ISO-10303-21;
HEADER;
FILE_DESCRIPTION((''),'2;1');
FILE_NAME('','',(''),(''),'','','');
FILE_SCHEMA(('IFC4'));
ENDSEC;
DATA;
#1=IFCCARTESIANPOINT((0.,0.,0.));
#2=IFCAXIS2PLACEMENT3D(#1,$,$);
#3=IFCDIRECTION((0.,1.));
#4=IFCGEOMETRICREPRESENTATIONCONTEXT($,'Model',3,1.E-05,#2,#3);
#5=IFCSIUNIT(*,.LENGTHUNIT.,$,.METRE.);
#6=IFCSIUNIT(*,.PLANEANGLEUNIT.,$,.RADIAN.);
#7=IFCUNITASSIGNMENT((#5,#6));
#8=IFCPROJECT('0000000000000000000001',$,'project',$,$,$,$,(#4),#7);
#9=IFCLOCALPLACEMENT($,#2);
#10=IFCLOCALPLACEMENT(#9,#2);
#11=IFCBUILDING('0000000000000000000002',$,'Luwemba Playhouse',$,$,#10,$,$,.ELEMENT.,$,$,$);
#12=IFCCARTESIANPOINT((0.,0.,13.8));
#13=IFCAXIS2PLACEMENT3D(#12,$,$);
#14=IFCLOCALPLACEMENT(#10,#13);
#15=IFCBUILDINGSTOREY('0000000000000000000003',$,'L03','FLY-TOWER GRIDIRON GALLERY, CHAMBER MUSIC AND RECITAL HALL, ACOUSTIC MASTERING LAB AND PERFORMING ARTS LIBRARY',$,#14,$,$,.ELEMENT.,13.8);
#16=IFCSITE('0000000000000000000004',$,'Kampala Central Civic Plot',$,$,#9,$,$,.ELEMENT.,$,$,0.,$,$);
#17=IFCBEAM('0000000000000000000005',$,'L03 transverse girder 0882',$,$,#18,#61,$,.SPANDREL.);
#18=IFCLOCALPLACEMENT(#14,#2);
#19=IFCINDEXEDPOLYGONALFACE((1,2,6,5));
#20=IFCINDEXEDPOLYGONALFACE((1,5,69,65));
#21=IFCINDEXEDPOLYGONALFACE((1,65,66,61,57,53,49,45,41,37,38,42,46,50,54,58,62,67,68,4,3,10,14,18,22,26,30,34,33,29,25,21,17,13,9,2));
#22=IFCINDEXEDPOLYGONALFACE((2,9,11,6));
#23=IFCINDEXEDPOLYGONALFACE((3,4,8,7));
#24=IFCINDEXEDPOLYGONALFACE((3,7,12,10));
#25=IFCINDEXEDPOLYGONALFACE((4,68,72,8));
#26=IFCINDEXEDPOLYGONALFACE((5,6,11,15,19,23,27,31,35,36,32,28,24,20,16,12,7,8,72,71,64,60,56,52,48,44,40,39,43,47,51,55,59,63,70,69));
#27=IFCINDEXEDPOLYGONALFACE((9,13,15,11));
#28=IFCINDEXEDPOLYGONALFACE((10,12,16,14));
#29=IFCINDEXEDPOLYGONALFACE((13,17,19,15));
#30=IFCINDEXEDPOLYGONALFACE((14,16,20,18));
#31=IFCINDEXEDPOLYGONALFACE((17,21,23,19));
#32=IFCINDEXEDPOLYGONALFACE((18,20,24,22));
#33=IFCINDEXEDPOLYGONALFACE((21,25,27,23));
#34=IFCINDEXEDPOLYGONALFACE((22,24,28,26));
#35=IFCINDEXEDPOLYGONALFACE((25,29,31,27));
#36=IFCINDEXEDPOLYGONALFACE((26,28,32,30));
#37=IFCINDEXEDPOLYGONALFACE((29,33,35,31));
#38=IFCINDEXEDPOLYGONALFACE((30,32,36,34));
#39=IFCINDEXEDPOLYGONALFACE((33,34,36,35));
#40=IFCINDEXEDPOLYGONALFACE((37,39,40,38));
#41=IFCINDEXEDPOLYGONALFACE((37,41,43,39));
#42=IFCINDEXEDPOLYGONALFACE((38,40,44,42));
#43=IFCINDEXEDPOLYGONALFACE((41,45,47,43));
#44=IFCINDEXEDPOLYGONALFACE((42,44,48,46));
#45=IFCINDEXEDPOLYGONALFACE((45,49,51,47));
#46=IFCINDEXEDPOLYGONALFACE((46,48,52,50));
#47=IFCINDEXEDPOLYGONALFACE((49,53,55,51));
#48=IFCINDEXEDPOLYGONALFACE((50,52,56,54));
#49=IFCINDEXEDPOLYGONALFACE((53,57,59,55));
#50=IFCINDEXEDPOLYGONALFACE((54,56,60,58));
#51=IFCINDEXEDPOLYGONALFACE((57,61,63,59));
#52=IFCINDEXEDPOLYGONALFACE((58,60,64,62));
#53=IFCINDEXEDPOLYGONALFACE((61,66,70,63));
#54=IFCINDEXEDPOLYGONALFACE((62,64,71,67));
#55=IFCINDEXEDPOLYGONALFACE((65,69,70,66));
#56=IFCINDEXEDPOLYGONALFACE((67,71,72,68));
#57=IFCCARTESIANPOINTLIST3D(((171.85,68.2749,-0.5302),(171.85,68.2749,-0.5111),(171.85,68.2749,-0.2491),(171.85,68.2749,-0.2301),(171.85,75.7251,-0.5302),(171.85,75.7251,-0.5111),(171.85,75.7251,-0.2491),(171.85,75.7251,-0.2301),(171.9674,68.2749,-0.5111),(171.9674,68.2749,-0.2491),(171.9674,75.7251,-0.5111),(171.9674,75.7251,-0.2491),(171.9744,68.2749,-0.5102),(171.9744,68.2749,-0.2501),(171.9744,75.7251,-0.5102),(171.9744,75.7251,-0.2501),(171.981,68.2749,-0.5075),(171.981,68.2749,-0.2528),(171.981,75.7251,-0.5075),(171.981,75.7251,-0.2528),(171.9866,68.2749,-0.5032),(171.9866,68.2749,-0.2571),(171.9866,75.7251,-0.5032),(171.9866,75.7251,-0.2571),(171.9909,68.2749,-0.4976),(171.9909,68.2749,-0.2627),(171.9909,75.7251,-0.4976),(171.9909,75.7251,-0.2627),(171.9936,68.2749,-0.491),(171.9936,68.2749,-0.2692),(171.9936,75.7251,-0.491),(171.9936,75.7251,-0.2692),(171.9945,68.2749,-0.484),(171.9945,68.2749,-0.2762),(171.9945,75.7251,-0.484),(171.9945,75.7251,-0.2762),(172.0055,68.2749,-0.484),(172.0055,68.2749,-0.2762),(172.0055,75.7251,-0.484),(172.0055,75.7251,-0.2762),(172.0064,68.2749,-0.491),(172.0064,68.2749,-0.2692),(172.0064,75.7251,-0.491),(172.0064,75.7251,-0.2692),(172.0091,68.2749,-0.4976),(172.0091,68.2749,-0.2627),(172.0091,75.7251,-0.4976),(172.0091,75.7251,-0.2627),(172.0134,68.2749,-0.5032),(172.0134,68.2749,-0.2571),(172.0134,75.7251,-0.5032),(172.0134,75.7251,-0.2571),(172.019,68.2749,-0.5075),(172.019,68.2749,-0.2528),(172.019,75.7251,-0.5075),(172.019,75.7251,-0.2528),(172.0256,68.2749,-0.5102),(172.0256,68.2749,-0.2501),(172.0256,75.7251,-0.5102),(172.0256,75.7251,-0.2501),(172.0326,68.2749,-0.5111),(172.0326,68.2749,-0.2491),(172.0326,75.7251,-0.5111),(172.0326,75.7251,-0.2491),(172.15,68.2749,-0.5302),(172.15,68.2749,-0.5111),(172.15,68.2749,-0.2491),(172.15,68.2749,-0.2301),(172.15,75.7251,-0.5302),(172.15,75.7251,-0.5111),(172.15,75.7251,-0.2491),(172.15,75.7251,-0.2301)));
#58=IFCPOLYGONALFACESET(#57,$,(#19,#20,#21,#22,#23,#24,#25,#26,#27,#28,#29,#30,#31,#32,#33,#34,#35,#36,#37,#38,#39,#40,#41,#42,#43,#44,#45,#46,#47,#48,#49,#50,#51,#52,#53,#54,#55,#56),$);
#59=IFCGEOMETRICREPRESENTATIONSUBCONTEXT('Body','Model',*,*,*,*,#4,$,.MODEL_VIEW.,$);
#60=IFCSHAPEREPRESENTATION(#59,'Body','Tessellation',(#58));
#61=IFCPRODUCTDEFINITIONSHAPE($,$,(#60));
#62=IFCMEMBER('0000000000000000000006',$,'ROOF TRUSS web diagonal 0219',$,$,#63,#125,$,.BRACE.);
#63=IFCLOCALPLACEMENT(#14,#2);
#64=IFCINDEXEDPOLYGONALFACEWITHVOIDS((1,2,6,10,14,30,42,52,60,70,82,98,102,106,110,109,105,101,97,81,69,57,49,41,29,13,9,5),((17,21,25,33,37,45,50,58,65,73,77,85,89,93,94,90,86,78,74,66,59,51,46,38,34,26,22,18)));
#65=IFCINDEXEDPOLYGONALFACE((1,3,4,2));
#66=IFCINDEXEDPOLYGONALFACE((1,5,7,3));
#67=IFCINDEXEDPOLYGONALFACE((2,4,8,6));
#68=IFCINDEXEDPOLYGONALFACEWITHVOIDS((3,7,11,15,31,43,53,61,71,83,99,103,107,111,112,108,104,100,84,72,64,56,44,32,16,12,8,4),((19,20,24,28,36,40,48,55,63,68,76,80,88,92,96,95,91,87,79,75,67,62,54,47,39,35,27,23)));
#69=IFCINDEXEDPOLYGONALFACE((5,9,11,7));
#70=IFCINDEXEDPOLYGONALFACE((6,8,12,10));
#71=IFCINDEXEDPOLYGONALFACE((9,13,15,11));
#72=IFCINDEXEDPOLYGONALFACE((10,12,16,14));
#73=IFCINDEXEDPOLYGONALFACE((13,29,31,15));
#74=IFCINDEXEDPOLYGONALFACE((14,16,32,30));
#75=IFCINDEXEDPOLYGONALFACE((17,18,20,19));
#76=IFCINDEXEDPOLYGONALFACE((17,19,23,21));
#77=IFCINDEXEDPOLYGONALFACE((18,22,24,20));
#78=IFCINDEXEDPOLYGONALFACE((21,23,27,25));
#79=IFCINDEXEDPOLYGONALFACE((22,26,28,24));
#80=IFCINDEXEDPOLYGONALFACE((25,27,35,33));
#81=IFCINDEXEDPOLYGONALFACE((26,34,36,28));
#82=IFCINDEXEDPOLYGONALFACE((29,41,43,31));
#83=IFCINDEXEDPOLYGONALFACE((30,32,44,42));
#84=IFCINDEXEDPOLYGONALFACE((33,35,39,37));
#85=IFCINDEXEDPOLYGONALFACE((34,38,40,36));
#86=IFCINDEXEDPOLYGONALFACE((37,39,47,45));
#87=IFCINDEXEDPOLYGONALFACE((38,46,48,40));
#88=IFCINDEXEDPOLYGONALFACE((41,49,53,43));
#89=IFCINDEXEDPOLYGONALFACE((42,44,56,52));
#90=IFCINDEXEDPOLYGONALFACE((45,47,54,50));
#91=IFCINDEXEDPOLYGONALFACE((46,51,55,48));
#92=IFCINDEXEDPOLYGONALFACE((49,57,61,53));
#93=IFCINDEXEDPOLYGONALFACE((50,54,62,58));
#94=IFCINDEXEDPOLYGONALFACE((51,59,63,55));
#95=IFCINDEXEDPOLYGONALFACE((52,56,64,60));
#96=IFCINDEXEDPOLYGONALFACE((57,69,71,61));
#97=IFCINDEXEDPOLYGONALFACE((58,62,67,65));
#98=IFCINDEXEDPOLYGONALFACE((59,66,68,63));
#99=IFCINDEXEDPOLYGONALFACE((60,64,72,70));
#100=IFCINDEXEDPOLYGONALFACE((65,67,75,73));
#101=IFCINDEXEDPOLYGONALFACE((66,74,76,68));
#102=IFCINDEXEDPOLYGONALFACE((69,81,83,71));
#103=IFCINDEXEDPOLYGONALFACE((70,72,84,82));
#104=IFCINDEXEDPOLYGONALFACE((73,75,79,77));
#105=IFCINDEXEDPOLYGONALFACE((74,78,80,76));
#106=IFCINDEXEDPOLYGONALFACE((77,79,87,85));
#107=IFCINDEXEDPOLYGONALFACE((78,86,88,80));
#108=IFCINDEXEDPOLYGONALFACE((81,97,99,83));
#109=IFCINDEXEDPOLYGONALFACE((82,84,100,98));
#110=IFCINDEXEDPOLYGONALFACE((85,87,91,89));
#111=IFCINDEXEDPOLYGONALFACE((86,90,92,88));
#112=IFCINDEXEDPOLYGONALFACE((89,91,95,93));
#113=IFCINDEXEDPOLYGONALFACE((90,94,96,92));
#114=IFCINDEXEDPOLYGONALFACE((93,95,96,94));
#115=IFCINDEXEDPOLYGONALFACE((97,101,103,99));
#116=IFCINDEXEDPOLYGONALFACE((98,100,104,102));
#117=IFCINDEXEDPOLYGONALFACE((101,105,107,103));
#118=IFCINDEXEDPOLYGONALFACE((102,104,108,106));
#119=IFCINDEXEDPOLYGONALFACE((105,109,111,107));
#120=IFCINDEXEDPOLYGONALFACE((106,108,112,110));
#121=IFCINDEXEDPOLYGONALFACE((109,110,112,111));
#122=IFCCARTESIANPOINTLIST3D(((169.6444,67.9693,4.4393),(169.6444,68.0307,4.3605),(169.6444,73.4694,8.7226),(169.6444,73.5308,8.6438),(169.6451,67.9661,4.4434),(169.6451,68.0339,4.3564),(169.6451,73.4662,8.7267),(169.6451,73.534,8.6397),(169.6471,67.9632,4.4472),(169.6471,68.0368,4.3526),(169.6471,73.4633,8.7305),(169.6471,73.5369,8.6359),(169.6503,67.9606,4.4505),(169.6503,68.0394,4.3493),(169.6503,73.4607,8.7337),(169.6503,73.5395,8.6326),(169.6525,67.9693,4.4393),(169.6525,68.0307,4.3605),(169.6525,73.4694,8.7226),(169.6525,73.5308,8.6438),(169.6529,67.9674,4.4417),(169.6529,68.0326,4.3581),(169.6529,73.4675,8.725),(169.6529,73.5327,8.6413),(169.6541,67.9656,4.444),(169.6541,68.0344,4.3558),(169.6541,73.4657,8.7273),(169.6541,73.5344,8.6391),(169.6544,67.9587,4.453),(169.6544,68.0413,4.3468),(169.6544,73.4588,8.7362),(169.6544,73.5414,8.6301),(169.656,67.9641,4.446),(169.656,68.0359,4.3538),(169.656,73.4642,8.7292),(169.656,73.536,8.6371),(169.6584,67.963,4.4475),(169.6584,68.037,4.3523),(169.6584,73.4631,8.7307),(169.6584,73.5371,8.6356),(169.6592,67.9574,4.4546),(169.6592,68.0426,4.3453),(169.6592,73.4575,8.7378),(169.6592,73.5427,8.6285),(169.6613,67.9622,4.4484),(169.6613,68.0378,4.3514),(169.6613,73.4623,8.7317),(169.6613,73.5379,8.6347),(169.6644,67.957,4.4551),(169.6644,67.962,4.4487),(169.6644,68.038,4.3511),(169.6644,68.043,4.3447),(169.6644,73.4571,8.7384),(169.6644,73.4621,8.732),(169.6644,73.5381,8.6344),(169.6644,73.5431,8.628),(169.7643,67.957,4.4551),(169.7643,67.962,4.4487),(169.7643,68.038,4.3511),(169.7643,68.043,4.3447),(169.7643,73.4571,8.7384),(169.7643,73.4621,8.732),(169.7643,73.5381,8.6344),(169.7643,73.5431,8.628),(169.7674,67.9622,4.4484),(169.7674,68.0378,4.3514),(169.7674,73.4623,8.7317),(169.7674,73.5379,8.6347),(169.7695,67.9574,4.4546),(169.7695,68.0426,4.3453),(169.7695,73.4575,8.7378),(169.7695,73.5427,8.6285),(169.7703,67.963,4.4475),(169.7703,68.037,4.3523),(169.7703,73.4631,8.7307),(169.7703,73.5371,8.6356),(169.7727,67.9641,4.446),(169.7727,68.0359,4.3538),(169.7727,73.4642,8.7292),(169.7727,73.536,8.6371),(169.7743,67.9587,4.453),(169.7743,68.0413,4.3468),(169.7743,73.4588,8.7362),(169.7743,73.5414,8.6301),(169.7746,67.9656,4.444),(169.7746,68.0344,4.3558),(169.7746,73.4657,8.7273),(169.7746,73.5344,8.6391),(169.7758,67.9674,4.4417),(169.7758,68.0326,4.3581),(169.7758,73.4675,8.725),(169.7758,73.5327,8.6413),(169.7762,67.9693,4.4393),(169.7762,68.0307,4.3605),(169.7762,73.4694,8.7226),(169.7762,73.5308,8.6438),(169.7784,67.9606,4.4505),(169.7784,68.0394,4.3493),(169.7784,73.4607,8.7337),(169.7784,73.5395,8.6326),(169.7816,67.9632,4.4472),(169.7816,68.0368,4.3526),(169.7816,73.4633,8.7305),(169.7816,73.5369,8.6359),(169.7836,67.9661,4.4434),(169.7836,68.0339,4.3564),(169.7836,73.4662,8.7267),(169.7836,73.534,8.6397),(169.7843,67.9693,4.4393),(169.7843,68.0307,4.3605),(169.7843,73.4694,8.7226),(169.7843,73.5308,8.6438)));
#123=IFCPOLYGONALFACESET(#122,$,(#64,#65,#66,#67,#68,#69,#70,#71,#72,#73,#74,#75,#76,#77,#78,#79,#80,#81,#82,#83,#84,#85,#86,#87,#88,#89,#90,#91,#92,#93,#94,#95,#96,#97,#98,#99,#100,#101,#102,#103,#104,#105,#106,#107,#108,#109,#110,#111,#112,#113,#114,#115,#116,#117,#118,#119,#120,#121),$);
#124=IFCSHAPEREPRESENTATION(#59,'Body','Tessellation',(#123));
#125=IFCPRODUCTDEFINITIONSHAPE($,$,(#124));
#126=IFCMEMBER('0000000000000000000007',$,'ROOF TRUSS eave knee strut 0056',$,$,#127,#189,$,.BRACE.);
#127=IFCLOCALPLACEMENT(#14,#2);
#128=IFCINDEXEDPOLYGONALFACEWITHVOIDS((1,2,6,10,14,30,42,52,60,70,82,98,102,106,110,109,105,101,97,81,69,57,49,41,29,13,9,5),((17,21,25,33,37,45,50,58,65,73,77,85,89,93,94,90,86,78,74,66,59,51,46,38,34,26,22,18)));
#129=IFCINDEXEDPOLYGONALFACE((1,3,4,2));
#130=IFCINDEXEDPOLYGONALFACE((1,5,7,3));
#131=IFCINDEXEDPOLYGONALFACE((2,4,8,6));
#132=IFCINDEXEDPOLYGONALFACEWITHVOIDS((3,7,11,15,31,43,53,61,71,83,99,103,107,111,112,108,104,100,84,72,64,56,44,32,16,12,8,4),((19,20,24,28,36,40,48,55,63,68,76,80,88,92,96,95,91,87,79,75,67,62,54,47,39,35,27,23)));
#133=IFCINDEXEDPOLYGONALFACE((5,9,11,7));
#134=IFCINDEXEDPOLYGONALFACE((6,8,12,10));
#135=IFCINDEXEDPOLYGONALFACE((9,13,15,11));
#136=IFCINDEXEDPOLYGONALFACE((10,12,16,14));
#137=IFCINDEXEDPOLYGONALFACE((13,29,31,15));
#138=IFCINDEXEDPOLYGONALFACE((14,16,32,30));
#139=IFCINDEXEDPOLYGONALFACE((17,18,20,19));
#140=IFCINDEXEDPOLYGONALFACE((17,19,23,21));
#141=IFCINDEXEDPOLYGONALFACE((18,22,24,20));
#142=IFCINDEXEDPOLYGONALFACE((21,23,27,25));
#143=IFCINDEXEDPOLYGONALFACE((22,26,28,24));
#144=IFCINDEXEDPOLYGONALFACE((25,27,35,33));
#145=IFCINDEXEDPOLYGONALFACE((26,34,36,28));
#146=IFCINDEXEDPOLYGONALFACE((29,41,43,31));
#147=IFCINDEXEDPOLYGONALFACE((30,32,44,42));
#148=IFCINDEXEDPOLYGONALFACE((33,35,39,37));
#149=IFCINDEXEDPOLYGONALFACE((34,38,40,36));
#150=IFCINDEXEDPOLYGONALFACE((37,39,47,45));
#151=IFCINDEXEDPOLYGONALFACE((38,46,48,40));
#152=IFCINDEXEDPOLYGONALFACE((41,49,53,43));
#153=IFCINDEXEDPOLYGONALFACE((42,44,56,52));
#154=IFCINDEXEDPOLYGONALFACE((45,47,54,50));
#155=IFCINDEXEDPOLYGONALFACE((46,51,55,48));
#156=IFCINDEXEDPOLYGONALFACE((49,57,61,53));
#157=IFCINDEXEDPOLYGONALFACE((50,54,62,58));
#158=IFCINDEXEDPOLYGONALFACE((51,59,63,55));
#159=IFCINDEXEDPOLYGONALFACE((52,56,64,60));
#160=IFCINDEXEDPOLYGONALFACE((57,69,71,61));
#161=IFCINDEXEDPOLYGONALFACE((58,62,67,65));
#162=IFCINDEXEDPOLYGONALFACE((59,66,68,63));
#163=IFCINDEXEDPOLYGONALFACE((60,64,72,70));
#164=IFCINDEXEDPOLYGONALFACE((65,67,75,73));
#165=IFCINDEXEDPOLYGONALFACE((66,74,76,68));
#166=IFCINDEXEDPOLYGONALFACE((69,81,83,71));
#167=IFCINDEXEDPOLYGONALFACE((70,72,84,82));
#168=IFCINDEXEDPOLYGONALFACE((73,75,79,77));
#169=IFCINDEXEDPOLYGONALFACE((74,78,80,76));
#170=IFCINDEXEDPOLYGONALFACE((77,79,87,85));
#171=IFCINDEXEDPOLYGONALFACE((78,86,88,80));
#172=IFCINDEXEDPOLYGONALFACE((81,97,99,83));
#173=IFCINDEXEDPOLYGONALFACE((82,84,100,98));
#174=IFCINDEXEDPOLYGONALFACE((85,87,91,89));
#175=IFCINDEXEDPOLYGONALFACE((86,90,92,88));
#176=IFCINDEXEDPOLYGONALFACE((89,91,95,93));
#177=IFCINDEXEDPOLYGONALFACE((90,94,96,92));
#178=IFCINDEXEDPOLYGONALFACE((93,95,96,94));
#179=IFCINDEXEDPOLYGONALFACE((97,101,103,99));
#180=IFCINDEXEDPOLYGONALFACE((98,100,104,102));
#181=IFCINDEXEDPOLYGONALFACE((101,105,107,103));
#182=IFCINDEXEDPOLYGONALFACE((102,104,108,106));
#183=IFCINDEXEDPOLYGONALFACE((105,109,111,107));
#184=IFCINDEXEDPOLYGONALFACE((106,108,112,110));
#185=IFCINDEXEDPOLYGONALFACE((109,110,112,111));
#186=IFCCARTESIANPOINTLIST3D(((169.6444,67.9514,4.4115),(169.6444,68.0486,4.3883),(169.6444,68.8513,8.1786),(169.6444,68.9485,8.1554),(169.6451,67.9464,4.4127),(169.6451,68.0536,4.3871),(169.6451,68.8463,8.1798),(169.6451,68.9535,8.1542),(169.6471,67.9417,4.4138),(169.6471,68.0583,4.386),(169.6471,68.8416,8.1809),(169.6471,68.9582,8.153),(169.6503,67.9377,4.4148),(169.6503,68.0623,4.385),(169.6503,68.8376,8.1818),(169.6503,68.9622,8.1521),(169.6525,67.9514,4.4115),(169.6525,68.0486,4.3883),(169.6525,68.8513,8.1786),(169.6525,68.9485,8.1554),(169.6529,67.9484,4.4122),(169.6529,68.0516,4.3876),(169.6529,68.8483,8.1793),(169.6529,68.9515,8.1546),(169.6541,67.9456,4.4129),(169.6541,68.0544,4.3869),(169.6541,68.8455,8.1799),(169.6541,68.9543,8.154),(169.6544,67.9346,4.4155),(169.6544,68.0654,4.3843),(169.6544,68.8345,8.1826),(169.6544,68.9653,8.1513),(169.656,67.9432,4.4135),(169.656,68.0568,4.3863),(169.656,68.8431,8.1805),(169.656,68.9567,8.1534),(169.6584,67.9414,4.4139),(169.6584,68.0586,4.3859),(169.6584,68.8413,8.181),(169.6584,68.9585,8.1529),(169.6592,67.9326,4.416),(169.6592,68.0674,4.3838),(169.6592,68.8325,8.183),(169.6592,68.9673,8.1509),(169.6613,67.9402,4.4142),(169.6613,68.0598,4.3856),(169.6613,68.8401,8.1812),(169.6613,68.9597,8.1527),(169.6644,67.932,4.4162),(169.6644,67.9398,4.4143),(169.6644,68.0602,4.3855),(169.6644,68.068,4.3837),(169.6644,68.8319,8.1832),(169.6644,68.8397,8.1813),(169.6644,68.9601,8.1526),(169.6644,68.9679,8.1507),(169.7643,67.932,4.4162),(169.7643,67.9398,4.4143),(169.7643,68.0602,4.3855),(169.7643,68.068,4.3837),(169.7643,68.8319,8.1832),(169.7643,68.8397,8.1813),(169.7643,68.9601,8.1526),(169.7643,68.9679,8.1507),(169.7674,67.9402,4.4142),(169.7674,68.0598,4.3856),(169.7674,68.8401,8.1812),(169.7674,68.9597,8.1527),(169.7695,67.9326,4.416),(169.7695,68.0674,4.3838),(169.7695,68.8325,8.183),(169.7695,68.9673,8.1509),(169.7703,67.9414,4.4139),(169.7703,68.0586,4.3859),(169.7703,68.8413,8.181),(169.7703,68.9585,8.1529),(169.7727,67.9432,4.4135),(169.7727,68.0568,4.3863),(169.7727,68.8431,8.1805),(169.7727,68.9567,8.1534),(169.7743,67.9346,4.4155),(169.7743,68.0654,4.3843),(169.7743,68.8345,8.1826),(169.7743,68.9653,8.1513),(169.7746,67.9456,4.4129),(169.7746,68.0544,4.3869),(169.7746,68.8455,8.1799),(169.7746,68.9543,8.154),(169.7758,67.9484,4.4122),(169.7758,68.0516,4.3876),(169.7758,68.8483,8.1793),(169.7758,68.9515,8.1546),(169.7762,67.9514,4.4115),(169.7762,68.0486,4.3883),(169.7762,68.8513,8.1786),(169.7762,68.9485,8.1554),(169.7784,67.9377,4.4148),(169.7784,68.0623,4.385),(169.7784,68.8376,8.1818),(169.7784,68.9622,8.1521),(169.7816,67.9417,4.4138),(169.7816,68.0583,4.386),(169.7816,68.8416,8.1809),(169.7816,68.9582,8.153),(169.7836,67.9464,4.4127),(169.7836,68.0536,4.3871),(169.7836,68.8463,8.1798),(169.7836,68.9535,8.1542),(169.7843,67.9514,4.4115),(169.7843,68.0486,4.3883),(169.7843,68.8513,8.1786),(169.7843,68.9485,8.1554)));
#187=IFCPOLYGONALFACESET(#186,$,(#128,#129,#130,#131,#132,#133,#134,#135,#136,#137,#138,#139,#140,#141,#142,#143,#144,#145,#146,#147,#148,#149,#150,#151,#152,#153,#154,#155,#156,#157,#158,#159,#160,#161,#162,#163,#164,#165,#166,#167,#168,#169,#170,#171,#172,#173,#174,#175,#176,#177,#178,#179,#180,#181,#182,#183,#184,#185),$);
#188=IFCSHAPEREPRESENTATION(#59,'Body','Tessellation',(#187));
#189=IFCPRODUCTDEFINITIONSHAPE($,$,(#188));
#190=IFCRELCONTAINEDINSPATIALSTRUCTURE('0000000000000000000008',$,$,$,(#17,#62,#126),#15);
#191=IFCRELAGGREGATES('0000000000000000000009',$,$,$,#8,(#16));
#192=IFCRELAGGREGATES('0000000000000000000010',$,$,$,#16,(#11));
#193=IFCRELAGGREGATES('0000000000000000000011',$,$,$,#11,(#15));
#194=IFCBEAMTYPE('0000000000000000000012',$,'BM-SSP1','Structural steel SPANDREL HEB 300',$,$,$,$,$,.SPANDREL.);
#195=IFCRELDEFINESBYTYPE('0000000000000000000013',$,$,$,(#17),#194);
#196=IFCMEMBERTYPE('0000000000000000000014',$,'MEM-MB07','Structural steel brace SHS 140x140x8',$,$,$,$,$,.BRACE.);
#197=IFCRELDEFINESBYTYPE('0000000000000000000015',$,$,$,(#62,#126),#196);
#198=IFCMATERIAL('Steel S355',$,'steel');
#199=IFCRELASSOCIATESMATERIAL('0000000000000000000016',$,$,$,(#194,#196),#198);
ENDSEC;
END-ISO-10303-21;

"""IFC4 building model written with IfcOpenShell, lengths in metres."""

from ifc_helpers import new_model, si_unit, direction, frame, origin, origin_2d, place, context, subcontext, project, spatial, hollow_rectangle, i_section, extrude, material, material_profile, profile_set, type_object, element, save


model = new_model("IFC4")

# Units and contexts
model_context = context("Model", 3, precision=1e-05, world=origin(), true_north=direction((0.0, 1.0)))
body_context = subcontext(model_context, "Body", "Model", "MODEL_VIEW")
ifc_project = project(units=[si_unit("LENGTHUNIT", "METRE"), si_unit("PLANEANGLEUNIT", "RADIAN")], contexts=[model_context])

# Site, building, storey
site_placement = place(None, origin())
site = spatial("IfcSite", under=ifc_project, at=site_placement, Name="Kampala Central Civic Plot", CompositionType="ELEMENT", RefElevation=0.0)
building_placement = place(site_placement, origin())
building = spatial("IfcBuilding", under=site, at=building_placement, Name="Luwemba Playhouse", CompositionType="ELEMENT")
storey_placement = place(building_placement, frame((0.0, 0.0, 13.8)))
storey = spatial("IfcBuildingStorey", under=building, at=storey_placement, Name="L03", Description="FLY-TOWER GRIDIRON GALLERY, CHAMBER MUSIC AND RECITAL HALL, ACOUSTIC MASTERING LAB AND PERFORMING ARTS LIBRARY", CompositionType="ELEMENT", Elevation=13.8)

# Shared definitions
ifc_material_1 = material(Name="Steel S355", Category="steel")

# Beam
ifc_material_profile_1 = material_profile(ifc_material_1, i_section(OverallWidth=0.3, OverallDepth=0.3, WebThickness=0.011, FlangeThickness=0.019, FilletRadius=0.0271, at=origin_2d()))
ifc_profile_set_1 = profile_set([ifc_material_profile_1], Name="Steel S355")
beam_type_1 = type_object("IfcBeamType", Name="BM-SSP1", Description="Structural steel SPANDREL HEB 300", PredefinedType="SPANDREL", material=ifc_profile_set_1)
beam_1_placement = place(storey_placement, frame((172.0, 68.2749, -0.3801), z_axis=(0.0, 1.0, 0.0), x_axis=(-1.0, 0.0, 0.0)))
element("IfcBeam", 1, at=beam_1_placement, inside=storey, type_object=beam_type_1, Name="L03 transverse girder 0882", PredefinedType="SPANDREL", context=body_context, shape_type="SweptSolid", body=[
    extrude(i_section(OverallWidth=0.3, OverallDepth=0.3, WebThickness=0.011, FlangeThickness=0.019, FilletRadius=0.0271, at=origin_2d()), origin(), (0.0, 0.0, 1.0), 7.4502),
])

# Members
ifc_material_profile_2 = material_profile(ifc_material_1, hollow_rectangle(XDim=0.1399, YDim=0.1399, WallThickness=0.0081, InnerFilletRadius=0.012, OuterFilletRadius=0.02, at=origin_2d()))
ifc_profile_set_2 = profile_set([ifc_material_profile_2], Name="Steel S355")
member_type_1 = type_object("IfcMemberType", Name="MEM-MB07", Description="Structural steel brace SHS 140x140x8", PredefinedType="BRACE", material=ifc_profile_set_2)
member_1_placement = place(storey_placement, frame((169.7144, 68.0, 4.3999), z_axis=(0.0, 0.788975, 0.614425), x_axis=(-1.0, 0.0, 0.0)))
element("IfcMember", 2, at=member_1_placement, inside=storey, type_object=member_type_1, Name="ROOF TRUSS web diagonal 0219", PredefinedType="BRACE", context=body_context, shape_type="SweptSolid", body=[
    extrude(hollow_rectangle(XDim=0.1399, YDim=0.1399, WallThickness=0.0081, InnerFilletRadius=0.012, OuterFilletRadius=0.02, at=origin_2d()), origin(), (0.0, 0.0, 1.0), 6.9712),
])
member_2_placement = place(storey_placement, frame((169.7144, 68.0, 4.3999), z_axis=(0.0, 0.232348, 0.972633), x_axis=(-1.0, 0.0, 0.0)))
element("IfcMember", 3, at=member_2_placement, inside=storey, type_object=member_type_1, Name="ROOF TRUSS eave knee strut 0056", PredefinedType="BRACE", context=body_context, shape_type="SweptSolid", body=[
    extrude(hollow_rectangle(XDim=0.1399, YDim=0.1399, WallThickness=0.0081, InnerFilletRadius=0.012, OuterFilletRadius=0.02, at=origin_2d()), origin(), (0.0, 0.0, 1.0), 3.873),
])

save(model, "model.ifc")
